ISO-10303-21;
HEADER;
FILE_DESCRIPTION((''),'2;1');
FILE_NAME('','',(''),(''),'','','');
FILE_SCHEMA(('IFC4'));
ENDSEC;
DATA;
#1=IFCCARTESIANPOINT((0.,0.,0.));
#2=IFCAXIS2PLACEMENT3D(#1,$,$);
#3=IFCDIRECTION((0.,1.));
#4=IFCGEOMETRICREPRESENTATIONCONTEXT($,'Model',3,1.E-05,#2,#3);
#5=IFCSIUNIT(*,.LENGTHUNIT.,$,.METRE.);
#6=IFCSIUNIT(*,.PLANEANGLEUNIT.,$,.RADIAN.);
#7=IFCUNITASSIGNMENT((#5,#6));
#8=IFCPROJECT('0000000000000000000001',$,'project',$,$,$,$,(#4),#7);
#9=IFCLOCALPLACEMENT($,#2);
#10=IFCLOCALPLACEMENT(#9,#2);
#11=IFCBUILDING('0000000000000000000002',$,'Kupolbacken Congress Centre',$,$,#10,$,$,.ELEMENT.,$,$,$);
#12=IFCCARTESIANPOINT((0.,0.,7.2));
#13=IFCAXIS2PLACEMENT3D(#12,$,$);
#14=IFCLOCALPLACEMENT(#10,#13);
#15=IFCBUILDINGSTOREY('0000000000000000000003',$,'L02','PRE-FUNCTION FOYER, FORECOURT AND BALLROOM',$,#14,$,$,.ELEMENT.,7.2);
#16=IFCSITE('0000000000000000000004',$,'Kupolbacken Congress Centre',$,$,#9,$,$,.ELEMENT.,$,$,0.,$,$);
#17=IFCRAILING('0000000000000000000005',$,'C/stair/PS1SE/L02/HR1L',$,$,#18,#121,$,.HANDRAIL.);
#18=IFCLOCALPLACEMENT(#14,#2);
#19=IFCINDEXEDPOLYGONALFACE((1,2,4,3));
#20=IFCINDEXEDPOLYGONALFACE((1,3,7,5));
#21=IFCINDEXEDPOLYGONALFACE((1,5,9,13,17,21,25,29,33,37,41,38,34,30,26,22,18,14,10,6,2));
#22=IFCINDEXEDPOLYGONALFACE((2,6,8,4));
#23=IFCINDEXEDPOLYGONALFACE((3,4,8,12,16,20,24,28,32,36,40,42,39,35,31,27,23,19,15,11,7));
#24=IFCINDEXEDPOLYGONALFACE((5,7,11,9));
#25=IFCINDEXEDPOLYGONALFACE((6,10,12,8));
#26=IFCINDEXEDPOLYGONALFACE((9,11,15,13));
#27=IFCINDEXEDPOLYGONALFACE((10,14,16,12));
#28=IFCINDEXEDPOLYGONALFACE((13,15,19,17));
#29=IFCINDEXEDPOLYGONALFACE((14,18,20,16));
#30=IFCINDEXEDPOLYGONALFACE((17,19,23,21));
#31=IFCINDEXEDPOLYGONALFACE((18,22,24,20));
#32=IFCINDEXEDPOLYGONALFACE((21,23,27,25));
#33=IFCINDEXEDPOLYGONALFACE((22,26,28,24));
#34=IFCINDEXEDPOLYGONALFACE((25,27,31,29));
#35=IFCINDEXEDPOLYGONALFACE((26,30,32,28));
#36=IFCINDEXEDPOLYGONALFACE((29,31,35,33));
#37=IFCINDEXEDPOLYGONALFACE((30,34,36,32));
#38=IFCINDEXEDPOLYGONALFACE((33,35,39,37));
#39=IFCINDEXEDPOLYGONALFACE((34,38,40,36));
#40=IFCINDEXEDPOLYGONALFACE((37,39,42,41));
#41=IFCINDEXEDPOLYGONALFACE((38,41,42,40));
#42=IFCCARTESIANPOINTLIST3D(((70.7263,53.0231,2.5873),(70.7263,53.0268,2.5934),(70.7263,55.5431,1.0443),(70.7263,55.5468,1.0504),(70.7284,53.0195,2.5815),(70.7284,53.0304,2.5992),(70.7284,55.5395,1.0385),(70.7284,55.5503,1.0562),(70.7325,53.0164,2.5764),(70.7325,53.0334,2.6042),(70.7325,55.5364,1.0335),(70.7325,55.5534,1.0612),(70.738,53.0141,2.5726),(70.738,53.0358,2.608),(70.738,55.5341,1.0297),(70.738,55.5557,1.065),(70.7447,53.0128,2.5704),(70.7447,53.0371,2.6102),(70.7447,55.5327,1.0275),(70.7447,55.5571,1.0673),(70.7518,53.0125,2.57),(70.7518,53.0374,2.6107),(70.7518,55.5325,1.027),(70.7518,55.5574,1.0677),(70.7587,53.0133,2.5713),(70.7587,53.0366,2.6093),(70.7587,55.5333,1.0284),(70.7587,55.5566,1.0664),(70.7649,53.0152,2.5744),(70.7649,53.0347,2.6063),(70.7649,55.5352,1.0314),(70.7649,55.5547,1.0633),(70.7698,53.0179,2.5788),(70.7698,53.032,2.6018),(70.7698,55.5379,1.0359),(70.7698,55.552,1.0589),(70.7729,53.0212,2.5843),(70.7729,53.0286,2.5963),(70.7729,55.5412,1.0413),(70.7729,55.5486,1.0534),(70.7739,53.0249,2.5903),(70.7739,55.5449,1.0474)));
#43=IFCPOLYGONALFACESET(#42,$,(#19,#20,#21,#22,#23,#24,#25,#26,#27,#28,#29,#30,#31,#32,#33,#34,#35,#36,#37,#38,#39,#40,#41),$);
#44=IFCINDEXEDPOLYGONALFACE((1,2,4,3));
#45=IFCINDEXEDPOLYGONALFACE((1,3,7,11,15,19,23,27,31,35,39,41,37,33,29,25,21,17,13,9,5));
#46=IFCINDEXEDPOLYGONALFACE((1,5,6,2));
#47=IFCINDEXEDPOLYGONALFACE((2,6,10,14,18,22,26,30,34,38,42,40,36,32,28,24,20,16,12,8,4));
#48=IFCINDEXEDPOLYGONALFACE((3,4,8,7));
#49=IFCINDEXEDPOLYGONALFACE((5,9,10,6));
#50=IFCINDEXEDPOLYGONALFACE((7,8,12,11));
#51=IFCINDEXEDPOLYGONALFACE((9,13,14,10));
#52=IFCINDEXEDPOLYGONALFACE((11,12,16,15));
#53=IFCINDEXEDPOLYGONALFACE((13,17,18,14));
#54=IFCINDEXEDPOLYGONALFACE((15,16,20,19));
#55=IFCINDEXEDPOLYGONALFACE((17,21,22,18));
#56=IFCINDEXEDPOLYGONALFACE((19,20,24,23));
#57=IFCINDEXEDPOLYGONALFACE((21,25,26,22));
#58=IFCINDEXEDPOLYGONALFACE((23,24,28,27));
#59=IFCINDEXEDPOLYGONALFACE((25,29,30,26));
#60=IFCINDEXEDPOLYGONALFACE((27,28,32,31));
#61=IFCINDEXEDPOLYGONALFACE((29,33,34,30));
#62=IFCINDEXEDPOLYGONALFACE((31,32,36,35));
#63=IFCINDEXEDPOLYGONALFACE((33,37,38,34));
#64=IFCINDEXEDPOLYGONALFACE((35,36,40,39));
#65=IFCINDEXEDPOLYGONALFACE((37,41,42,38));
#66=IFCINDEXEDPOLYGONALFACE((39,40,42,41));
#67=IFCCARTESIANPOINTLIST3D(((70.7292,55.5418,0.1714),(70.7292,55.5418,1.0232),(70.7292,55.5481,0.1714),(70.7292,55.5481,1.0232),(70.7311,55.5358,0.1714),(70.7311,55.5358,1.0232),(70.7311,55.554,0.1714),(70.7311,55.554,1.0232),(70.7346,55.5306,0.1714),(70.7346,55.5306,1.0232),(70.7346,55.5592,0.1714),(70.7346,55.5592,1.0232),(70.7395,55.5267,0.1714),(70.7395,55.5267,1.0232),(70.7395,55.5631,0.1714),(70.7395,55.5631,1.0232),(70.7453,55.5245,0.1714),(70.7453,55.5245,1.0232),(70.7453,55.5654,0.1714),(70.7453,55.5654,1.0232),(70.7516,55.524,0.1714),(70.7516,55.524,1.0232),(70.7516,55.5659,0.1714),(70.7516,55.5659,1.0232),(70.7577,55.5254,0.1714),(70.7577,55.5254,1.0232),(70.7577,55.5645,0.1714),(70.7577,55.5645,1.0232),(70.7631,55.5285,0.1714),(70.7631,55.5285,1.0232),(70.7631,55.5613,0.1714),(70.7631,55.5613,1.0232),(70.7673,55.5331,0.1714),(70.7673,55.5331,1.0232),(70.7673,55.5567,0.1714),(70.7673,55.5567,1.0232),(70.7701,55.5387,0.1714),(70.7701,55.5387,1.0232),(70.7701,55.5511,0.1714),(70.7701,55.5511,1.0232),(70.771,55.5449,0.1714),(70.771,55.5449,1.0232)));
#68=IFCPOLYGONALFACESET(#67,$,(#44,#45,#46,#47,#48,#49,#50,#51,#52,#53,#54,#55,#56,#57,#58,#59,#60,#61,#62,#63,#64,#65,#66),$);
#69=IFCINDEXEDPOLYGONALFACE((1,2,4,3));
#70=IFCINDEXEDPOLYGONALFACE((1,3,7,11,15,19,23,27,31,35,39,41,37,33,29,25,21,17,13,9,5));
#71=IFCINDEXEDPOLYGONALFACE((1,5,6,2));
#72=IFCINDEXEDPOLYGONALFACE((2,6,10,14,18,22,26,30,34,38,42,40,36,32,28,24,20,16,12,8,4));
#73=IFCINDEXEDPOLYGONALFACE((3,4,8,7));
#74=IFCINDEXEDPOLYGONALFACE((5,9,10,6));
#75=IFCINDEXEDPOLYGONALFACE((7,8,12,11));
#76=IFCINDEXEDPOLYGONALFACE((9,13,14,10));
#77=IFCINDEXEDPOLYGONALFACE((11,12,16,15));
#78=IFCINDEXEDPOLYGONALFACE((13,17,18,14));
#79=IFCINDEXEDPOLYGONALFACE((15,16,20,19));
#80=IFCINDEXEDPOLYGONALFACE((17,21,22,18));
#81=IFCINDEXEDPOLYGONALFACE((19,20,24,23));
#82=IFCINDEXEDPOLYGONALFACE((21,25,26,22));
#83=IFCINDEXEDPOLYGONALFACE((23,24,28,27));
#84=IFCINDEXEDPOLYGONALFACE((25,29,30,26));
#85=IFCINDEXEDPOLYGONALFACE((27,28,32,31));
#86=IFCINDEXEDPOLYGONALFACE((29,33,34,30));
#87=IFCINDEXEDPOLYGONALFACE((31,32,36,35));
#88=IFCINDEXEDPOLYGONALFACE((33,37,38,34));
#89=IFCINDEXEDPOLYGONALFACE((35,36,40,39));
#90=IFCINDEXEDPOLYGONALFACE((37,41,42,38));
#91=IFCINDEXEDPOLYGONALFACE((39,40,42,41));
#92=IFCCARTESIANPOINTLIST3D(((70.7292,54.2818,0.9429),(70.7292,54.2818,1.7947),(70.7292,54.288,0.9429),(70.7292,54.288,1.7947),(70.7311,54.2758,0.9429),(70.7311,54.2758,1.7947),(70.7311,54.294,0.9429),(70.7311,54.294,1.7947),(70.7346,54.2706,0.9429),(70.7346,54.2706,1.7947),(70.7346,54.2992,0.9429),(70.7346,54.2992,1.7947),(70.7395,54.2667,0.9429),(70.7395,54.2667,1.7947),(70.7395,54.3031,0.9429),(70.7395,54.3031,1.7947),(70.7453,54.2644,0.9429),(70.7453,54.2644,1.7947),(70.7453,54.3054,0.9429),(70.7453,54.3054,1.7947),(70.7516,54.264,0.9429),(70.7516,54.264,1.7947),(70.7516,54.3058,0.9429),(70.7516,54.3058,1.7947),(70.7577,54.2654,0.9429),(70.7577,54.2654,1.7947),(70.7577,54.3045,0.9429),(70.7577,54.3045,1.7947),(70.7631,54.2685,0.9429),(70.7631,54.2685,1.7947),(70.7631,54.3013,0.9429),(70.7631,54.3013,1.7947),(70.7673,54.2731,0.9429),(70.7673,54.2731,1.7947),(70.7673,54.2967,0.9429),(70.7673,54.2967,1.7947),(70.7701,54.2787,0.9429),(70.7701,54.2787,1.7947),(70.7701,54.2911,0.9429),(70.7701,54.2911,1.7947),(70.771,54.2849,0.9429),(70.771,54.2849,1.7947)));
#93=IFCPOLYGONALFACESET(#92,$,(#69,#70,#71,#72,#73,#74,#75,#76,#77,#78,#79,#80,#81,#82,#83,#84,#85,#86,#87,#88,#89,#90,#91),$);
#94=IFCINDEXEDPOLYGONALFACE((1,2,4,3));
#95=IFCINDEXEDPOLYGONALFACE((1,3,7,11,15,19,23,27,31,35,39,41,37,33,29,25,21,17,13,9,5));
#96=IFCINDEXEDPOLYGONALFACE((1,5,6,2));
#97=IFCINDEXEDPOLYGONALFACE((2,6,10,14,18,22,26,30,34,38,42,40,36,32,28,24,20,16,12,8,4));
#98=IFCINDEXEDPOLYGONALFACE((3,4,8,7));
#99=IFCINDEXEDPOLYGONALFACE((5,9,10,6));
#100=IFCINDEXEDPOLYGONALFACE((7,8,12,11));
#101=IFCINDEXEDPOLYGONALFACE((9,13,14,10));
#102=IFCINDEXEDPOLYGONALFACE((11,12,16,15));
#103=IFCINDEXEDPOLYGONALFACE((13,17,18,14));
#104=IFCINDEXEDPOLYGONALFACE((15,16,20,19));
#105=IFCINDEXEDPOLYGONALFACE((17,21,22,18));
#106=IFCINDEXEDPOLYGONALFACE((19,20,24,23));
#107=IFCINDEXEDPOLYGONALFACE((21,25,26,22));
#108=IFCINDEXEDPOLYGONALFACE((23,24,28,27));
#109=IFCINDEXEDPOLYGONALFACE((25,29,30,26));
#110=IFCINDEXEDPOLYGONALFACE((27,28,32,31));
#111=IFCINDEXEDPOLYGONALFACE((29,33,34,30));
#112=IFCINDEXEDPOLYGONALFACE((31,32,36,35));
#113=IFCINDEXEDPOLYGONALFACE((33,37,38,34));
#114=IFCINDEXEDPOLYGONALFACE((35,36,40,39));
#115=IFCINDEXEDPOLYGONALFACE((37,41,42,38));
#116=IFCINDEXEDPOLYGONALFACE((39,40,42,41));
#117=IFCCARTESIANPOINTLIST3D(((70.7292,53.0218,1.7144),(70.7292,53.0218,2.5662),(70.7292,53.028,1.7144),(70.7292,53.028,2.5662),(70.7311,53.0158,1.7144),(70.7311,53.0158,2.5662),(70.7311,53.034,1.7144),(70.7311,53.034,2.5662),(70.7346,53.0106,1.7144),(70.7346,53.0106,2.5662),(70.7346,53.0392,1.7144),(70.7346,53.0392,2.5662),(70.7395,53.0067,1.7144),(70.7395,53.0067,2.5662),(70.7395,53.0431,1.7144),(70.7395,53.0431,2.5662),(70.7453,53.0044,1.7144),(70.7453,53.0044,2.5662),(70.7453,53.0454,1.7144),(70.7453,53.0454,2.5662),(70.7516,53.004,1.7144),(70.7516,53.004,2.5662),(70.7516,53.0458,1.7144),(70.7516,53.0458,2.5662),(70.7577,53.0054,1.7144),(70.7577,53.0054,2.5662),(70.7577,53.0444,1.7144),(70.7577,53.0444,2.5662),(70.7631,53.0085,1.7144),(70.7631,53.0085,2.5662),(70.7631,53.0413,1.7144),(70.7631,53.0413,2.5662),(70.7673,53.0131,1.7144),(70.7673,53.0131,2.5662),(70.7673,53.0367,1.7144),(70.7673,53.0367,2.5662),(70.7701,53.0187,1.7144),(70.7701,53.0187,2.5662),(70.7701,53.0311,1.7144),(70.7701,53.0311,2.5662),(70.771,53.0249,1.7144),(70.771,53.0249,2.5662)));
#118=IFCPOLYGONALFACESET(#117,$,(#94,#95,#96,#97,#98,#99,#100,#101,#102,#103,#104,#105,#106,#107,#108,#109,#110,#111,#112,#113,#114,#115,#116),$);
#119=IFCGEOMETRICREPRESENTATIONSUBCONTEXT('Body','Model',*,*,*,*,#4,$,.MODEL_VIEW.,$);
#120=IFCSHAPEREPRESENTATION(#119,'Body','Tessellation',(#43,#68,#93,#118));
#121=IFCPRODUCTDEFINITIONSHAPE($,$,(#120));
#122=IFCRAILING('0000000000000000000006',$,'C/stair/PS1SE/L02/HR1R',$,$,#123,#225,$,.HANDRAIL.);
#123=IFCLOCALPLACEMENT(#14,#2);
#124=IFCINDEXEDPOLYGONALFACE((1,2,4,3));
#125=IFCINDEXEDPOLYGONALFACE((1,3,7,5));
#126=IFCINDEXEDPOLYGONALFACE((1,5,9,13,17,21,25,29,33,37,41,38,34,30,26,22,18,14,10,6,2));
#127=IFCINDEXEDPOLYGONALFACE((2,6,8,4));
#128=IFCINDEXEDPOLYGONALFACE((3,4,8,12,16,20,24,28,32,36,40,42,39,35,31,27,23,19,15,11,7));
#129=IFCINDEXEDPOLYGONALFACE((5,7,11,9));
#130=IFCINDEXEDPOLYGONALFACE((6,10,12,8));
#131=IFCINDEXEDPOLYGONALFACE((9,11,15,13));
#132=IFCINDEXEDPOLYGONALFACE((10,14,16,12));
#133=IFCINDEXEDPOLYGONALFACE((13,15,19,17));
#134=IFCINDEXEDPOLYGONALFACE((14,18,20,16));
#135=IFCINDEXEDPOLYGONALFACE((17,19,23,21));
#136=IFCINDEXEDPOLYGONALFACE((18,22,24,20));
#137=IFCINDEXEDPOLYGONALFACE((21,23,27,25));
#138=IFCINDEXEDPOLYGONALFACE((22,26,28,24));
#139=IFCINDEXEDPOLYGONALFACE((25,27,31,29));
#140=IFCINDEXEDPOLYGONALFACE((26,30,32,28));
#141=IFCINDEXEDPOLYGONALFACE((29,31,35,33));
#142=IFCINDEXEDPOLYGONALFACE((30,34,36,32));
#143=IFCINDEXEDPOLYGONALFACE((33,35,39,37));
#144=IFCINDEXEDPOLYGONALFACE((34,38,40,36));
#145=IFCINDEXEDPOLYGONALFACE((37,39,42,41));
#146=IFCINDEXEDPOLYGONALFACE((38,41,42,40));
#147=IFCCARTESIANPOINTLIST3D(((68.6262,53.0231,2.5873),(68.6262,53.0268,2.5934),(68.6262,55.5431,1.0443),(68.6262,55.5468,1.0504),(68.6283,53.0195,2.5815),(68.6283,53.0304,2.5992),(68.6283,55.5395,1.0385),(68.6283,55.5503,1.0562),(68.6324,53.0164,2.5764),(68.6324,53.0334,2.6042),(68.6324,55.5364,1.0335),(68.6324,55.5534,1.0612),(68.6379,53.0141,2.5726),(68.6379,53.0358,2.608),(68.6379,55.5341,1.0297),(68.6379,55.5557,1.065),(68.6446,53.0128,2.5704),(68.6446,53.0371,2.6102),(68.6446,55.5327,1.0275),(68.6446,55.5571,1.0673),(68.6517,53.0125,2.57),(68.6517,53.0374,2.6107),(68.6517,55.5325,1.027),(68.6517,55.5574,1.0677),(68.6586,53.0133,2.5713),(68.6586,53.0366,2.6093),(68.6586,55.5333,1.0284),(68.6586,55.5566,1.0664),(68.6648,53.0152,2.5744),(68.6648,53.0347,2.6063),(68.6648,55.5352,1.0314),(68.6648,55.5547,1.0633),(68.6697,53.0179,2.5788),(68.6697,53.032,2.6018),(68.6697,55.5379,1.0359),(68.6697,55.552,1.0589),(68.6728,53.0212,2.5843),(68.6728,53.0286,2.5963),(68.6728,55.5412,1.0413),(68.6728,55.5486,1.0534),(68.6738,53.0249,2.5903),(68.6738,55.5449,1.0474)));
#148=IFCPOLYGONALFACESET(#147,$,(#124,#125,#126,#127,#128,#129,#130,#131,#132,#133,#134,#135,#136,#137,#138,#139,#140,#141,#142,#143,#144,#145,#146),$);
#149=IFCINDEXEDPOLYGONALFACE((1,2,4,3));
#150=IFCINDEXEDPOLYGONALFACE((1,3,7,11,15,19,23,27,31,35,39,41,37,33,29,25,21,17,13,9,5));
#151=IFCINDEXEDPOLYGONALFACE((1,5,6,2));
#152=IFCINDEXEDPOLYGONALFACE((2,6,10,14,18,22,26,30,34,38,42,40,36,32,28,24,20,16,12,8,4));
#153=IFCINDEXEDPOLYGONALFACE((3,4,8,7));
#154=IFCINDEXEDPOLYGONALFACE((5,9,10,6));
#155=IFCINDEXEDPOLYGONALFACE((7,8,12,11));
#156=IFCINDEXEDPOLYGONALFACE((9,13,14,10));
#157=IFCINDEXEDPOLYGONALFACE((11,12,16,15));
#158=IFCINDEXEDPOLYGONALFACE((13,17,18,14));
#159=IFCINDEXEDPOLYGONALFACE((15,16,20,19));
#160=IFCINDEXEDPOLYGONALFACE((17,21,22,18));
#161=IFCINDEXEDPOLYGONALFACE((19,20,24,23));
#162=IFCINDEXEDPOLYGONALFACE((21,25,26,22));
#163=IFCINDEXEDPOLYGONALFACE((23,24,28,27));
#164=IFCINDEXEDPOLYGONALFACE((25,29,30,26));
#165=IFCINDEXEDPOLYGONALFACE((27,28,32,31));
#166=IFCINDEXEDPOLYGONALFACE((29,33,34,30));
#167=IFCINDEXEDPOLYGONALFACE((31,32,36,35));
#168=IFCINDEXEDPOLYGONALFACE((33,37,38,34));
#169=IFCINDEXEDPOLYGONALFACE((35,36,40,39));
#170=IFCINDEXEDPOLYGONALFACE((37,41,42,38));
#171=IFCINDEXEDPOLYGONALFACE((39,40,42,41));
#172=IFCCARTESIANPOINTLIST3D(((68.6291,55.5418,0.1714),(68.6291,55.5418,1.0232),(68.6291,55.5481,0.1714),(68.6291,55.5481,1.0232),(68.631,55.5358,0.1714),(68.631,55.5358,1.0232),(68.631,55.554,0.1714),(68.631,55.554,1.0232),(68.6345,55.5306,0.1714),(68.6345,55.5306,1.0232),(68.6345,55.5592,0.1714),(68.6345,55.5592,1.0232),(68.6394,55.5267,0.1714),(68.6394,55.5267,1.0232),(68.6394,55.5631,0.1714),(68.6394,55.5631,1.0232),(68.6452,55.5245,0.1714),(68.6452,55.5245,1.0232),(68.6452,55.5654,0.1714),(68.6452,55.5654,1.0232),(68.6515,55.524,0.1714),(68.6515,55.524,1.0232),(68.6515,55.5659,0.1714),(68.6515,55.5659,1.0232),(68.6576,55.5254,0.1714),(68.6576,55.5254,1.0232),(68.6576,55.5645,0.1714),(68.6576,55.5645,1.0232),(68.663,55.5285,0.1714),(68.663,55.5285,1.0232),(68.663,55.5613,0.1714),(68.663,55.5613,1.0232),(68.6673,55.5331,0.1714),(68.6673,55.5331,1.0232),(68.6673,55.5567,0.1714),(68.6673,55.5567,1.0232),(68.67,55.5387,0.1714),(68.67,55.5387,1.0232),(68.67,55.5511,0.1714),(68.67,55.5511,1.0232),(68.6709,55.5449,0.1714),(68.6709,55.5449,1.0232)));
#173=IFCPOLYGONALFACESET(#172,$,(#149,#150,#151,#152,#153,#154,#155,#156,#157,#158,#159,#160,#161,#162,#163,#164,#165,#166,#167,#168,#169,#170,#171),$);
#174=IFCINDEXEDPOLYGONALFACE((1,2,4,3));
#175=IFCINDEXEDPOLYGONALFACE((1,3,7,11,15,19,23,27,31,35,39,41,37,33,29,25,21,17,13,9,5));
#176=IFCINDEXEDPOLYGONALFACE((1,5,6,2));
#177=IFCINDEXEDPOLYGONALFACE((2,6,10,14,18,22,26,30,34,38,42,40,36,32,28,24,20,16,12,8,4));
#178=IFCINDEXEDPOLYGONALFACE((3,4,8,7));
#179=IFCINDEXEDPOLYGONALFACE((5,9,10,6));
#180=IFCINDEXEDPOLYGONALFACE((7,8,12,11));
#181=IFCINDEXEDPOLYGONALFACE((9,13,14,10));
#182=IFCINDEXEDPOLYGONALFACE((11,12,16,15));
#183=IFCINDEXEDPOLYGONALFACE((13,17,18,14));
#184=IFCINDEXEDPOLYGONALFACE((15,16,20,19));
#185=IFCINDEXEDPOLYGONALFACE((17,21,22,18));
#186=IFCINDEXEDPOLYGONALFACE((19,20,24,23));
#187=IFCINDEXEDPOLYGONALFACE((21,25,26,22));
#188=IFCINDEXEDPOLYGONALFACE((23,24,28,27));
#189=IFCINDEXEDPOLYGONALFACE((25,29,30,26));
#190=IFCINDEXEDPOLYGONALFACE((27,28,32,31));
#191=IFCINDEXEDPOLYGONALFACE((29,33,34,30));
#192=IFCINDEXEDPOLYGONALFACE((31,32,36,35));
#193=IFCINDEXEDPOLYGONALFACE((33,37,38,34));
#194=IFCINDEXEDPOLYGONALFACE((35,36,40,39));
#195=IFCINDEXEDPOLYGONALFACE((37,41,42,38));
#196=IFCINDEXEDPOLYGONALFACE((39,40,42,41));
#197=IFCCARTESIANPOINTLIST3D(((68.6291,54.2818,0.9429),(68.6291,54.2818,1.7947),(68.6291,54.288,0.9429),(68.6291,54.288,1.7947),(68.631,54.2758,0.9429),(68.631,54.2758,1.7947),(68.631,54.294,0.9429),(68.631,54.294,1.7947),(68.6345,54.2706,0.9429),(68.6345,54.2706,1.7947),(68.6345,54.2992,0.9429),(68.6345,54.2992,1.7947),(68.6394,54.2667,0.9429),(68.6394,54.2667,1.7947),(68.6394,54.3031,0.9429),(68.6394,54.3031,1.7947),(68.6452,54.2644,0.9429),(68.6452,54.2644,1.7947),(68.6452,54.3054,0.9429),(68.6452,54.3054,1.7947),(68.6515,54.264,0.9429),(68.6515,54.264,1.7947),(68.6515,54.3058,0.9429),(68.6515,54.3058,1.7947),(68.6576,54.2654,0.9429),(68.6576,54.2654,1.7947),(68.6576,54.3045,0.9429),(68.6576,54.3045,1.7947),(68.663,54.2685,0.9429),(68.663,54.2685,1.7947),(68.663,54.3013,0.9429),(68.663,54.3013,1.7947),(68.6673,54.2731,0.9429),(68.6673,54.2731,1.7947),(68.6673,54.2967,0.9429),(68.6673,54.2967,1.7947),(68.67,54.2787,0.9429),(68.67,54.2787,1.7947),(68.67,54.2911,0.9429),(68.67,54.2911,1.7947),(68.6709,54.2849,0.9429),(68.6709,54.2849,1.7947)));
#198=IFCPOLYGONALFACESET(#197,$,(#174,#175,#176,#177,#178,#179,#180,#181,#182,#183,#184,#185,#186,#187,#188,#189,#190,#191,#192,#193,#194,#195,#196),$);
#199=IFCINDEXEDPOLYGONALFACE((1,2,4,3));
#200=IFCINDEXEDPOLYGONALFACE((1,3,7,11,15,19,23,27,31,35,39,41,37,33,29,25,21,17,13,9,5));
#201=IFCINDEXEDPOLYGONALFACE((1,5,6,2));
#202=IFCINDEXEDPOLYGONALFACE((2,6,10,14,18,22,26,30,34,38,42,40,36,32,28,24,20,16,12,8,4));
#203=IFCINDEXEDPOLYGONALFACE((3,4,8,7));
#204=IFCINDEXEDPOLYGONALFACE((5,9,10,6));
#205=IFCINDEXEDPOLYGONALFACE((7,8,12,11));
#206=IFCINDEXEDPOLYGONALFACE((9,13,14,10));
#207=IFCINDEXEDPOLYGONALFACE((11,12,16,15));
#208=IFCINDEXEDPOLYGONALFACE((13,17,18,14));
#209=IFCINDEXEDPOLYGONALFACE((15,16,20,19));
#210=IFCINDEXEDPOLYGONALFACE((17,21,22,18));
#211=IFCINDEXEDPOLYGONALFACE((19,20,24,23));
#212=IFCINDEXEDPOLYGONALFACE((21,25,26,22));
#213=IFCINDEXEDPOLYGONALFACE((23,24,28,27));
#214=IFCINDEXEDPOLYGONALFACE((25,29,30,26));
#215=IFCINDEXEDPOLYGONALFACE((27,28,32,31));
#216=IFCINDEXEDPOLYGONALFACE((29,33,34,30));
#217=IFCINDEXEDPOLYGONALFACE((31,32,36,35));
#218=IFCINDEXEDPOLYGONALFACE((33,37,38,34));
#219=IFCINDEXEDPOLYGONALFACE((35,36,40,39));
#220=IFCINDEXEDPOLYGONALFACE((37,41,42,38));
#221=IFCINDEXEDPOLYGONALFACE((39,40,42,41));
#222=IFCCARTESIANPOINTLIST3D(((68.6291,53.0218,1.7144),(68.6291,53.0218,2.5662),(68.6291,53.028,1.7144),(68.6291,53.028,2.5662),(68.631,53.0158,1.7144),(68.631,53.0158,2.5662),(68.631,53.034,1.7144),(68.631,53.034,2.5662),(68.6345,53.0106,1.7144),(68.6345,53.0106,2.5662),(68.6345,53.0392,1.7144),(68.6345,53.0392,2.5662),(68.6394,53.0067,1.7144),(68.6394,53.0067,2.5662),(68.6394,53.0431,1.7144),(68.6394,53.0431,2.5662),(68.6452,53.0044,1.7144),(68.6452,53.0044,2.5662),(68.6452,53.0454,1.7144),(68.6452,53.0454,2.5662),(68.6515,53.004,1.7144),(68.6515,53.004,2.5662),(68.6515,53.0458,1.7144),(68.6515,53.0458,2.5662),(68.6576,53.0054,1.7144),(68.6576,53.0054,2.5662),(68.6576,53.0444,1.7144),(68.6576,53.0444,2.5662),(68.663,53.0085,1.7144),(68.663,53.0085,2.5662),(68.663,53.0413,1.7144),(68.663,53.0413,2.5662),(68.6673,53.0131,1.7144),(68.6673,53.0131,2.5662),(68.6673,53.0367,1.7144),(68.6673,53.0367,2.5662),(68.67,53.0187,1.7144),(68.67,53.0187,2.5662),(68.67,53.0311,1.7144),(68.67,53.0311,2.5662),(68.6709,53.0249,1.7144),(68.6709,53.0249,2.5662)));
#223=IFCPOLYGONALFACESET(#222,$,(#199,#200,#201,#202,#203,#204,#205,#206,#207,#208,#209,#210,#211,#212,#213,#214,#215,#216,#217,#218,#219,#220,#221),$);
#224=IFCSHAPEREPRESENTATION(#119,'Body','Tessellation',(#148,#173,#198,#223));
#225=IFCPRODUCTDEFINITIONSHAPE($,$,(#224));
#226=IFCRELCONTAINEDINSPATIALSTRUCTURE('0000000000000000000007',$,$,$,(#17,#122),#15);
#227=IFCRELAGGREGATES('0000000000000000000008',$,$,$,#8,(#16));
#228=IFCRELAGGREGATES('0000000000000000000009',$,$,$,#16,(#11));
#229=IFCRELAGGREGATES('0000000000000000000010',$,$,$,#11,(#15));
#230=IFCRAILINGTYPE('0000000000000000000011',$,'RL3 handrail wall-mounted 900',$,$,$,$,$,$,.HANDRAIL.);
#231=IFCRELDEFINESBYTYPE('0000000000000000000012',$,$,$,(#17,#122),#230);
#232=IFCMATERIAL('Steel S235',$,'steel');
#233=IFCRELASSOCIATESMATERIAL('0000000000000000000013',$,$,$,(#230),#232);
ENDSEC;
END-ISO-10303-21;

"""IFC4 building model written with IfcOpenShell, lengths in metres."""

from ifc_helpers import new_model, si_unit, direction, frame, origin, origin_2d, place, context, subcontext, project, spatial, circle, extrude, material, type_object, element, save


model = new_model("IFC4")

# Units and contexts
model_context = context("Model", 3, precision=1e-05, world=origin(), true_north=direction((0.0, 1.0)))
body_context = subcontext(model_context, "Body", "Model", "MODEL_VIEW")
ifc_project = project(units=[si_unit("LENGTHUNIT", "METRE"), si_unit("PLANEANGLEUNIT", "RADIAN")], contexts=[model_context])

# Site, building, storey
site_placement = place(None, origin())
site = spatial("IfcSite", under=ifc_project, at=site_placement, Name="Kupolbacken Congress Centre", CompositionType="ELEMENT", RefElevation=0.0)
building_placement = place(site_placement, origin())
building = spatial("IfcBuilding", under=site, at=building_placement, Name="Kupolbacken Congress Centre", CompositionType="ELEMENT")
storey_placement = place(building_placement, frame((0.0, 0.0, 7.2)))
storey = spatial("IfcBuildingStorey", under=building, at=storey_placement, Name="L02", Description="PRE-FUNCTION FOYER, FORECOURT AND BALLROOM", CompositionType="ELEMENT", Elevation=7.2)

# Railings
ifc_material_1 = material(Name="Steel S235", Category="steel")
railing_type = type_object("IfcRailingType", Name="RL3 handrail wall-mounted 900", PredefinedType="HANDRAIL", material=ifc_material_1)
for number, where, name in (
    (1, (70.75, 55.5449, 0.1714), "C/stair/PS1SE/L02/HR1L"),
    (2, (68.6499, 55.5449, 0.1714), "C/stair/PS1SE/L02/HR1R"),
):
    element("IfcRailing", number, at=place(storey_placement, frame(where)), inside=storey, type_object=railing_type, Name=name, PredefinedType="HANDRAIL", context=body_context, shape_type="SweptSolid", body=[
        extrude(circle(Radius=0.0239, at=origin_2d()), frame((0.0, 0.0, 0.876), z_axis=(0.0, -0.852836, 0.522178), x_axis=(1.0, 0.0, 0.0)), (0.0, 0.0, 1.0), 2.9548),
        extrude(circle(Radius=0.021, at=origin_2d()), origin(), (0.0, 0.0, 1.0), 0.8518),
        extrude(circle(Radius=0.021, at=origin_2d()), frame((0.0, -1.26, 0.7715)), (0.0, 0.0, 1.0), 0.8518),
        extrude(circle(Radius=0.021, at=origin_2d()), frame((0.0, -2.52, 1.543)), (0.0, 0.0, 1.0), 0.8518),
    ])

save(model, "model.ifc")
